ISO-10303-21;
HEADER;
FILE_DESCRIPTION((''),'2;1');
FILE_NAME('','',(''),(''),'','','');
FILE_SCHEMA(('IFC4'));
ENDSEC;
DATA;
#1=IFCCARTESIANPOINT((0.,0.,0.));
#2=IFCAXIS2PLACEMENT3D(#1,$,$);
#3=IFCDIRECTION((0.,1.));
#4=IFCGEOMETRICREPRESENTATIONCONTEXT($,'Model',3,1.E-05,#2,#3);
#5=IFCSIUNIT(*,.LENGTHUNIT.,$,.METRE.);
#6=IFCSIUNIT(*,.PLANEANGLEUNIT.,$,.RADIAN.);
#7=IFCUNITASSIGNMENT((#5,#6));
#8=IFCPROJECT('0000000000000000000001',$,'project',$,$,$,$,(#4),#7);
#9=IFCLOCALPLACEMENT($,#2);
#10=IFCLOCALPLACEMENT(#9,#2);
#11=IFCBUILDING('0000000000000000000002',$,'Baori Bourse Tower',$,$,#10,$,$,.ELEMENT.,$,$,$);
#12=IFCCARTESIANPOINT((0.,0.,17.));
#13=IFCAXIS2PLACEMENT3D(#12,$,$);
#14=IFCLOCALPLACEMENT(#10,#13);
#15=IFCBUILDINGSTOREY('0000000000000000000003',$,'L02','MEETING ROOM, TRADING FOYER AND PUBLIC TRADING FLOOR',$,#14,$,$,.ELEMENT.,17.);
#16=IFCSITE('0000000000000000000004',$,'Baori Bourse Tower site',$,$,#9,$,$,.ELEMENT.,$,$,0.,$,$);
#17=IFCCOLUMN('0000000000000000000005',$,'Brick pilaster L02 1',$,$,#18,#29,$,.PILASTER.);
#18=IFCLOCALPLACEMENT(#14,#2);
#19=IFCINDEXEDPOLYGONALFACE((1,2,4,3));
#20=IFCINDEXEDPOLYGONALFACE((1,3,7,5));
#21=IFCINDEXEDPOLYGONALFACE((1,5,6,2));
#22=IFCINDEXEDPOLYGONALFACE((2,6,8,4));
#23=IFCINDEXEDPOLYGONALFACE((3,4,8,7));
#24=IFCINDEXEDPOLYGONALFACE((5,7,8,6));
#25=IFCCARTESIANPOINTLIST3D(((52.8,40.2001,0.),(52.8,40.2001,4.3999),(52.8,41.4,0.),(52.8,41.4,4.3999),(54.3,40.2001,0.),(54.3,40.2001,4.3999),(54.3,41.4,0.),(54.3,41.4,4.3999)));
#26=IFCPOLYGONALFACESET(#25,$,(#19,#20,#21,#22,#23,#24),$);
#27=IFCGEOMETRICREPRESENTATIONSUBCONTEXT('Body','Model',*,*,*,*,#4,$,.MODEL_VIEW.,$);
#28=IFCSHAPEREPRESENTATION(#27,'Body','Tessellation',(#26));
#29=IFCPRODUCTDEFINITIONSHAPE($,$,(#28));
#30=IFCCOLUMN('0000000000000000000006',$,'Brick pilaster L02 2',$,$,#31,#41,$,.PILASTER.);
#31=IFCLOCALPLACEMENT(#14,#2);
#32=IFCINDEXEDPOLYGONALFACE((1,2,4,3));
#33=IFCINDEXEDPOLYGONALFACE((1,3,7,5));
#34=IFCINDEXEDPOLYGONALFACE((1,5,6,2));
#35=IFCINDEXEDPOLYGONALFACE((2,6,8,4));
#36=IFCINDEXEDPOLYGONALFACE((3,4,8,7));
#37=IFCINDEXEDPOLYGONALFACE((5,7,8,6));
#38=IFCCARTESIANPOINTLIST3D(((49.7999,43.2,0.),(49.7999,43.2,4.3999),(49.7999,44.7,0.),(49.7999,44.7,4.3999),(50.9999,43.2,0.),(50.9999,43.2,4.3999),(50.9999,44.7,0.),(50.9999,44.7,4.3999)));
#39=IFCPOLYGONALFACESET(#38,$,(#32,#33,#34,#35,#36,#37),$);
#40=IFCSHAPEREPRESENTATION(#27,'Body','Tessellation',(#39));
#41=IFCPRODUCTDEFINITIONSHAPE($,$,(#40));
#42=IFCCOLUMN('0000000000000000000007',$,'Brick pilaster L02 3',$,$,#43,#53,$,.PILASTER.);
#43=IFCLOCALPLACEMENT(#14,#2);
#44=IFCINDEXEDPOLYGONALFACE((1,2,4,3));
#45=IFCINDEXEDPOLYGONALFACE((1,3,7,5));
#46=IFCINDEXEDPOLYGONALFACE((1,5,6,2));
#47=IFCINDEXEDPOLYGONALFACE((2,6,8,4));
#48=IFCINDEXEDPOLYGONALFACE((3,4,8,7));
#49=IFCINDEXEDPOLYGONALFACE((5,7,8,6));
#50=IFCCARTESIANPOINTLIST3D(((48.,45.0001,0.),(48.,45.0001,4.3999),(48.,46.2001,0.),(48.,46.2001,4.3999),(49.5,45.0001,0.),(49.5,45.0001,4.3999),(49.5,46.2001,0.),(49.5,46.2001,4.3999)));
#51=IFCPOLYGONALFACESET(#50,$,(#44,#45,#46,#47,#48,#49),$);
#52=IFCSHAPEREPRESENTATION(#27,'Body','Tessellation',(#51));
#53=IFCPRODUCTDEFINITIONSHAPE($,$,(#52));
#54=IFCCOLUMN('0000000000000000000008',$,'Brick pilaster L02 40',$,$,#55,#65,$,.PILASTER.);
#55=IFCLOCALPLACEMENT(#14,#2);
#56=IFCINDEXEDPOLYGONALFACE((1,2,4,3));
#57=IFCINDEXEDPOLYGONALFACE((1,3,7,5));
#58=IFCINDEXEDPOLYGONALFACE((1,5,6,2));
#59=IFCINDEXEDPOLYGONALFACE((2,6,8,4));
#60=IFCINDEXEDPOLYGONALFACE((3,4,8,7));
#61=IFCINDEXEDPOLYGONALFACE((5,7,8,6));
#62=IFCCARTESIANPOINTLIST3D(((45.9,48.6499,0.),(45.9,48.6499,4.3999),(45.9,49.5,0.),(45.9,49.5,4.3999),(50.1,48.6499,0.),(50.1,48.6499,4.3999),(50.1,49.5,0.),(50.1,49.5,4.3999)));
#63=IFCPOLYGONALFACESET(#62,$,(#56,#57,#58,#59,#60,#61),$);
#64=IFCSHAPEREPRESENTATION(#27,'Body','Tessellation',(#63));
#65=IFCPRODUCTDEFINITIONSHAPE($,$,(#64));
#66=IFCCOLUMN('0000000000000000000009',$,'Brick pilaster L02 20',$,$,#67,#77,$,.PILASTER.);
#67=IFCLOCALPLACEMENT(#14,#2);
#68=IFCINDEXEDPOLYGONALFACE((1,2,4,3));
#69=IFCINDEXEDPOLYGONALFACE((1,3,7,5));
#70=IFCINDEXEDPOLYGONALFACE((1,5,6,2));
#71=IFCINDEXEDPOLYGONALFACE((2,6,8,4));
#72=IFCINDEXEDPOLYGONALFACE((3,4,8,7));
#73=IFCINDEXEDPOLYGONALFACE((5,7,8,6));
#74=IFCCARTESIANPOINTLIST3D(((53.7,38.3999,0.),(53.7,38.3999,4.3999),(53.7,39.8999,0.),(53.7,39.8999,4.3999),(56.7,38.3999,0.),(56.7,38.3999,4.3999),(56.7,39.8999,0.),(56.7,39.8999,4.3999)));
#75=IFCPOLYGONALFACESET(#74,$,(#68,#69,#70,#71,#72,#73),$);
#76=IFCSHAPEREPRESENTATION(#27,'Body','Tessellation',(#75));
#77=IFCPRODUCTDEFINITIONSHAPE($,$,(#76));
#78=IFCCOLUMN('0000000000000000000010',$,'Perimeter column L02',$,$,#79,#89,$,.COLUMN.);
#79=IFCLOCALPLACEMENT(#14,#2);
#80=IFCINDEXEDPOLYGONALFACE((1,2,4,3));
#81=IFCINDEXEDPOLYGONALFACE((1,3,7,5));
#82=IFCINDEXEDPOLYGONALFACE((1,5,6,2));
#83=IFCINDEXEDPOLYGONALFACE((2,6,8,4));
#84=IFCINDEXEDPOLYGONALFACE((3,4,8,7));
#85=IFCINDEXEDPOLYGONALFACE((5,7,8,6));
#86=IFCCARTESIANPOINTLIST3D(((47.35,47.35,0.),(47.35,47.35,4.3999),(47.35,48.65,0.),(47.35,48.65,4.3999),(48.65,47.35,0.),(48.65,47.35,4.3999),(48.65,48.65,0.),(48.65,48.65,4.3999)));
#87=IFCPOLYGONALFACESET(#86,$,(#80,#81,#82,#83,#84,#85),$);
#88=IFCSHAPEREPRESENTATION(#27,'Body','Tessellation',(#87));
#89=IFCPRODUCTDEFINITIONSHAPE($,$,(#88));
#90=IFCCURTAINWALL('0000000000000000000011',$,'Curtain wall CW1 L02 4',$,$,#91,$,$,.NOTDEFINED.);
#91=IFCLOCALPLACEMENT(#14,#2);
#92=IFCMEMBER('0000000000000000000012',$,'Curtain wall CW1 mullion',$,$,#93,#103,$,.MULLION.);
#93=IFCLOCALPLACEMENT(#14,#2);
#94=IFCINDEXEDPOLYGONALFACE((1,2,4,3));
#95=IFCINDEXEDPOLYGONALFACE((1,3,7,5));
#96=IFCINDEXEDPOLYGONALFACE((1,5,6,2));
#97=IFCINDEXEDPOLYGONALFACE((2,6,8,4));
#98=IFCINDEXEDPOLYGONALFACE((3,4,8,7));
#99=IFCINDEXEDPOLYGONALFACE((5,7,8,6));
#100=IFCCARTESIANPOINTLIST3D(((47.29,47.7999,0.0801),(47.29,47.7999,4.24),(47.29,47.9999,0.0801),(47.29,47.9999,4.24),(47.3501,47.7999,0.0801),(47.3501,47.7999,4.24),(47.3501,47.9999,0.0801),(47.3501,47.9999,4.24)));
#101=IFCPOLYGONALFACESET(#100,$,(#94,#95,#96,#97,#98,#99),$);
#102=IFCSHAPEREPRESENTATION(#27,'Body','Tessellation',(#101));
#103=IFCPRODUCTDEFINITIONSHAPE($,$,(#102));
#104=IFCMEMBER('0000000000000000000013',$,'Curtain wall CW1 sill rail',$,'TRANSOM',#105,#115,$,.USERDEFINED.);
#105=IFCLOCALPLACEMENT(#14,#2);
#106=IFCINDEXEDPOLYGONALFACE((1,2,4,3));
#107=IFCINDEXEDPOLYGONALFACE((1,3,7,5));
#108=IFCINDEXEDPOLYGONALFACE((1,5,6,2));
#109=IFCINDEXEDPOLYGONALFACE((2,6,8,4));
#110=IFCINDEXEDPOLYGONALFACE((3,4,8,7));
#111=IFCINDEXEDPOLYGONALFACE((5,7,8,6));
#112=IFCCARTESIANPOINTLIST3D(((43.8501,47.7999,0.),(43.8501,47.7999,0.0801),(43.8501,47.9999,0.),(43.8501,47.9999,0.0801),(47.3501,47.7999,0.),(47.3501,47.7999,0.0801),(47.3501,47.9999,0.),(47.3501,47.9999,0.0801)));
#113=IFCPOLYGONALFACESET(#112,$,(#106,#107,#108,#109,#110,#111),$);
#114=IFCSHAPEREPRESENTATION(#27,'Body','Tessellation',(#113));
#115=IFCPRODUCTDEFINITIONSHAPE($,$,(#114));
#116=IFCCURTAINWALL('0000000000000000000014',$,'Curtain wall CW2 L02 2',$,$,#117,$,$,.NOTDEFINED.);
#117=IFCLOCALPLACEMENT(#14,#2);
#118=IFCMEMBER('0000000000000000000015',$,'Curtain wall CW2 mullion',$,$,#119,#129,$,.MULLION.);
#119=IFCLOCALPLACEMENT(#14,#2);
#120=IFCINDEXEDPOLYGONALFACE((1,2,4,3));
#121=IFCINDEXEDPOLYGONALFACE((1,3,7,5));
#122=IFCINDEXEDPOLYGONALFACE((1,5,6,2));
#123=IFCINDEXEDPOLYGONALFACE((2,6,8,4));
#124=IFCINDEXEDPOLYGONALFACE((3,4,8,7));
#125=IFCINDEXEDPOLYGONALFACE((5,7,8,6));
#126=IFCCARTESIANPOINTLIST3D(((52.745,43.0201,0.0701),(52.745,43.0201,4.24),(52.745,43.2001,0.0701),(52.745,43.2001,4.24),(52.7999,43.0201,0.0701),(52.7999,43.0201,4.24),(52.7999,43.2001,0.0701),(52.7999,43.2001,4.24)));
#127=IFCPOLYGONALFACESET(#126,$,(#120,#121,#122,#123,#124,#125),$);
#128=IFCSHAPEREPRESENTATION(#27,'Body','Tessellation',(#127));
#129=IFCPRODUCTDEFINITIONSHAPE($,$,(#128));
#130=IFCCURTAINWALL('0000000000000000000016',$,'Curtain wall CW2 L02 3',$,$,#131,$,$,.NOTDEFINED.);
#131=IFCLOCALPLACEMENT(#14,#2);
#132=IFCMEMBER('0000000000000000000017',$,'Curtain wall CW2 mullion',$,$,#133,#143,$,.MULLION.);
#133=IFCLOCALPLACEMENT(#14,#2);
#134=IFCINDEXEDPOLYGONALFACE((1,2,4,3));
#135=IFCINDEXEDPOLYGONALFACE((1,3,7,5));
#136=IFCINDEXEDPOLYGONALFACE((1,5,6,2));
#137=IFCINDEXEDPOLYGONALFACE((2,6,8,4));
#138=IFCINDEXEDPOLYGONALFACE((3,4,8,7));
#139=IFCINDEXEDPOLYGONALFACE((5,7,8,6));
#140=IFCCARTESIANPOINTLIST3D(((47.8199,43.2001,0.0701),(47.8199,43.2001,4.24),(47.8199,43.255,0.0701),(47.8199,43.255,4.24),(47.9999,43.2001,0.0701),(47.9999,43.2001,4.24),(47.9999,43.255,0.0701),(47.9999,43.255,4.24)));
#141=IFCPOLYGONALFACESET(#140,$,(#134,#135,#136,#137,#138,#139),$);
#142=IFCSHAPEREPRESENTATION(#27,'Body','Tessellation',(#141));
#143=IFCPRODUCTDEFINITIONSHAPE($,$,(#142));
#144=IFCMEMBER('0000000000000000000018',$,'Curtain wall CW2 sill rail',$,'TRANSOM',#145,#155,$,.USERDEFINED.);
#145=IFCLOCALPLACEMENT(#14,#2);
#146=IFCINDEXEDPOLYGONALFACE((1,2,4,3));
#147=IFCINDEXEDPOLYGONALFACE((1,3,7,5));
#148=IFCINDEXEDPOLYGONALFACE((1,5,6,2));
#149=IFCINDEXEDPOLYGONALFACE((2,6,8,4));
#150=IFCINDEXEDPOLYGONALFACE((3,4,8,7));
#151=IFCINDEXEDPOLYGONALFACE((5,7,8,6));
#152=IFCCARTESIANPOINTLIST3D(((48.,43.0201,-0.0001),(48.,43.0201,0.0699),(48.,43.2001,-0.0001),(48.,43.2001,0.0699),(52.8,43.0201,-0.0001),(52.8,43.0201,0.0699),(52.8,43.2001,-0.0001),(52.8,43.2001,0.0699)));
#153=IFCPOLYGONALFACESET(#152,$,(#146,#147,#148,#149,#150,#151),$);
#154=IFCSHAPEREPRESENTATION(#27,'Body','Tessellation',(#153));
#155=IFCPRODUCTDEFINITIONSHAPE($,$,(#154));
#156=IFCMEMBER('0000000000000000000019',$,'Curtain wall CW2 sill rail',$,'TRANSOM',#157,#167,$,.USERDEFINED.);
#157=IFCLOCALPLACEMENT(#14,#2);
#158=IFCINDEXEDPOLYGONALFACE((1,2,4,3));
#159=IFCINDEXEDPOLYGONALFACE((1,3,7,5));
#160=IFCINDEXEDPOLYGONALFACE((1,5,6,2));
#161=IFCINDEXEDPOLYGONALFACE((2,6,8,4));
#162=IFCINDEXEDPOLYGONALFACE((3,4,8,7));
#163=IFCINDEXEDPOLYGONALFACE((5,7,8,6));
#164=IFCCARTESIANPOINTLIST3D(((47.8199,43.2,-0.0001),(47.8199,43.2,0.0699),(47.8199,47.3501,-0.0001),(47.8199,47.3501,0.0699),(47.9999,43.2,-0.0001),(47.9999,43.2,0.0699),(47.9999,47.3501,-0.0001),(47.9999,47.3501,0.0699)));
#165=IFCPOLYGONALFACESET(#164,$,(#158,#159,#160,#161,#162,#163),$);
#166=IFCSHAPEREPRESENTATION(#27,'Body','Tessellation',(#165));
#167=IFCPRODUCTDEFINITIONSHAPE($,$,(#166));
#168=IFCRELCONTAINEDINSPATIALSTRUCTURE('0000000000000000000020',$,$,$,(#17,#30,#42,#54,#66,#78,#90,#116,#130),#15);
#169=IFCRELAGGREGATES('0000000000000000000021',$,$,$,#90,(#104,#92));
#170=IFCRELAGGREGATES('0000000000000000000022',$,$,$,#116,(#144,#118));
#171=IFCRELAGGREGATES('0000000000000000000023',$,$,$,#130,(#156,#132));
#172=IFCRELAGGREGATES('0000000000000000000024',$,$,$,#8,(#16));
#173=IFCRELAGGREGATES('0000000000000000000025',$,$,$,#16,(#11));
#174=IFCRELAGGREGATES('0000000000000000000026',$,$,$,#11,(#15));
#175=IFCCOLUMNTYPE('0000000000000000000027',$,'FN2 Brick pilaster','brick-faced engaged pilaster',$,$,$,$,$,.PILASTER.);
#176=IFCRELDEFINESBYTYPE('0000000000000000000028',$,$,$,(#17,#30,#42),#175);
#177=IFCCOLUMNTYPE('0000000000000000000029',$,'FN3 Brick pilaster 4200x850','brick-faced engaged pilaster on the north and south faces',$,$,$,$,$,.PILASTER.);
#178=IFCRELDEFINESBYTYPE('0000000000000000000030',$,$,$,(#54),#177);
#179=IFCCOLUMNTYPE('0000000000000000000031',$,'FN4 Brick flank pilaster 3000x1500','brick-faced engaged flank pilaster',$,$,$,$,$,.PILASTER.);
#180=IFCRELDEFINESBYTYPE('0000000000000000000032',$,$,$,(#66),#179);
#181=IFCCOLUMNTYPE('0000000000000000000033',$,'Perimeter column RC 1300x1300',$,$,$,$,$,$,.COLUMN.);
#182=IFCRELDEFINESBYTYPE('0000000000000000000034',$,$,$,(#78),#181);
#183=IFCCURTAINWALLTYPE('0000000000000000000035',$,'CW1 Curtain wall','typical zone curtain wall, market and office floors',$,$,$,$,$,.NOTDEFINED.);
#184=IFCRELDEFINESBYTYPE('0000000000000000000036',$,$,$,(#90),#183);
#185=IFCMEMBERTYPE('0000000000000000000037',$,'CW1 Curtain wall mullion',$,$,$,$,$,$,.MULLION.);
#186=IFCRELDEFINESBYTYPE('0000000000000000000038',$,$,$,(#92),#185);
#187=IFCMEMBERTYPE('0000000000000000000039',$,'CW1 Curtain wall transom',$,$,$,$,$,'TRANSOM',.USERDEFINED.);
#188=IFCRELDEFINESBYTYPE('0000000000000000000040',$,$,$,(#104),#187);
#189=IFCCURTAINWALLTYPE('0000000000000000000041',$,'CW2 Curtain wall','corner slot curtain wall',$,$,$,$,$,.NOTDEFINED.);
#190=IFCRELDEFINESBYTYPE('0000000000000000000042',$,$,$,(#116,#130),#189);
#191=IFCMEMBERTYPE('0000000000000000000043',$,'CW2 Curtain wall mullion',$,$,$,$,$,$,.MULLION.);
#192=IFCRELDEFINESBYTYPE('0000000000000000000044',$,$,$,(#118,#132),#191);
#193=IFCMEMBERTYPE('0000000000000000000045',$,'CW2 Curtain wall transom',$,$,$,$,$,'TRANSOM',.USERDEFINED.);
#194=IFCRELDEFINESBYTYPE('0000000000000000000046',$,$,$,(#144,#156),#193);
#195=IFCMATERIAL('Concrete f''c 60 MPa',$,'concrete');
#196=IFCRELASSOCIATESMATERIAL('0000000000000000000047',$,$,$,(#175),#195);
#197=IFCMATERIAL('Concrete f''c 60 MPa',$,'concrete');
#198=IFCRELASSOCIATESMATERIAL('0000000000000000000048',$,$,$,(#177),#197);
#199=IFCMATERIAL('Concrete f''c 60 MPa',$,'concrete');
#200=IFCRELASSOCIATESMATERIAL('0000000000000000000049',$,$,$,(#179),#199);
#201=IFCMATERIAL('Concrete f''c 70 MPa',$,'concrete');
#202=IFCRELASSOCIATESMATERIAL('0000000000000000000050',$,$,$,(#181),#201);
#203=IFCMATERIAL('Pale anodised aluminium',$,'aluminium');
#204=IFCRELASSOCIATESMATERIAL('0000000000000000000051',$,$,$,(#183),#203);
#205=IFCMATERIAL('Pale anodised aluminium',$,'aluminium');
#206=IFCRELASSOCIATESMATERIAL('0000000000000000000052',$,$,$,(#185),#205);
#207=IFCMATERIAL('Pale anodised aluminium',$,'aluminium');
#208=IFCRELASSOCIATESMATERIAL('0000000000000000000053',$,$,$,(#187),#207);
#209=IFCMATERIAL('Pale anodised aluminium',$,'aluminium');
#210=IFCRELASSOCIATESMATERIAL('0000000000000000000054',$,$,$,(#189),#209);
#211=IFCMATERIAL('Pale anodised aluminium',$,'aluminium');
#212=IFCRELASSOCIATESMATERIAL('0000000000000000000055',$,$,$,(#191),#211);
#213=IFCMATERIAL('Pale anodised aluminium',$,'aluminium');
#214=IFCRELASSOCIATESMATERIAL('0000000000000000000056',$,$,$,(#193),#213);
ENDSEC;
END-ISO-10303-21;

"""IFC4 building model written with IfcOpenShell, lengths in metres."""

from ifc_helpers import new_model, si_unit, direction, frame, origin, origin_2d, place, context, subcontext, project, spatial, rectangle, extrude, material, material_profile, profile_set, type_object, element, aggregate, save


model = new_model("IFC4")

# Units and contexts
model_context = context("Model", 3, precision=1e-05, world=origin(), true_north=direction((0.0, 1.0)))
body_context = subcontext(model_context, "Body", "Model", "MODEL_VIEW")
ifc_project = project(units=[si_unit("LENGTHUNIT", "METRE"), si_unit("PLANEANGLEUNIT", "RADIAN")], contexts=[model_context])

# Site, building, storey
site_placement = place(None, origin())
site = spatial("IfcSite", under=ifc_project, at=site_placement, Name="Baori Bourse Tower site", CompositionType="ELEMENT", RefElevation=0.0)
building_placement = place(site_placement, origin())
building = spatial("IfcBuilding", under=site, at=building_placement, Name="Baori Bourse Tower", CompositionType="ELEMENT")
storey_placement = place(building_placement, frame((0.0, 0.0, 17.0)))
storey = spatial("IfcBuildingStorey", under=building, at=storey_placement, Name="L02", Description="MEETING ROOM, TRADING FOYER AND PUBLIC TRADING FLOOR", CompositionType="ELEMENT", Elevation=17.0)

# Columns
ifc_material_1 = material(Name="Concrete f'c 60 MPa", Category="concrete")
ifc_material_profile_1 = material_profile(ifc_material_1, rectangle(XDim=1.2, YDim=1.5, at=origin_2d()), Name="RC 1200x1500")
ifc_profile_set_1 = profile_set([ifc_material_profile_1], Name="Concrete f'c 60 MPa")
column_type_1 = type_object("IfcColumnType", Name="FN2 Brick pilaster", Description="brick-faced engaged pilaster", PredefinedType="PILASTER", material=ifc_profile_set_1)
for number, where, z_axis, x_axis, name in (
    (1, (53.55, 40.8, 0.0), (0.0, 0.0, 1.0), (0.0, 1.0, 0.0), "Brick pilaster L02 1"),
    (2, (50.3999, 43.95, 0.0), (0.0, 0.0, 1.0), (1.0, 0.0, 0.0), "Brick pilaster L02 2"),
    (3, (48.75, 45.6001, 0.0), (0.0, 0.0, 1.0), (0.0, 1.0, 0.0), "Brick pilaster L02 3"),
):
    element("IfcColumn", number, at=place(storey_placement, frame(where, z_axis=z_axis, x_axis=x_axis)), inside=storey, type_object=column_type_1, Name=name, PredefinedType="PILASTER", context=body_context, shape_type="SweptSolid", body=[
        extrude(rectangle(XDim=1.2, YDim=1.5, at=origin_2d()), origin(), (0.0, 0.0, 1.0), 4.3999),
    ])
ifc_material_2 = material(Name="Concrete f'c 60 MPa", Category="concrete")
ifc_material_profile_2 = material_profile(ifc_material_2, rectangle(XDim=4.2, YDim=0.8501, at=origin_2d()), Name="RC 4200x850")
ifc_profile_set_2 = profile_set([ifc_material_profile_2], Name="Concrete f'c 60 MPa")
column_type_2 = type_object("IfcColumnType", Name="FN3 Brick pilaster 4200x850", Description="brick-faced engaged pilaster on the north and south faces", PredefinedType="PILASTER", material=ifc_profile_set_2)
column_1_placement = place(storey_placement, frame((48.0, 49.075, 0.0), z_axis=(0.0, 0.0, 1.0), x_axis=(1.0, 0.0, 0.0)))
element("IfcColumn", 4, at=column_1_placement, inside=storey, type_object=column_type_2, Name="Brick pilaster L02 40", PredefinedType="PILASTER", context=body_context, shape_type="SweptSolid", body=[
    extrude(rectangle(XDim=4.2, YDim=0.8501, at=origin_2d()), origin(), (0.0, 0.0, 1.0), 4.3999),
])
ifc_material_3 = material(Name="Concrete f'c 60 MPa", Category="concrete")
ifc_material_profile_3 = material_profile(ifc_material_3, rectangle(XDim=3.0, YDim=1.5, at=origin_2d()), Name="RC 3000x1500")
ifc_profile_set_3 = profile_set([ifc_material_profile_3], Name="Concrete f'c 60 MPa")
column_type_3 = type_object("IfcColumnType", Name="FN4 Brick flank pilaster 3000x1500", Description="brick-faced engaged flank pilaster", PredefinedType="PILASTER", material=ifc_profile_set_3)
column_2_placement = place(storey_placement, frame((55.2, 39.1499, 0.0), z_axis=(0.0, 0.0, 1.0), x_axis=(1.0, 0.0, 0.0)))
element("IfcColumn", 5, at=column_2_placement, inside=storey, type_object=column_type_3, Name="Brick pilaster L02 20", PredefinedType="PILASTER", context=body_context, shape_type="SweptSolid", body=[
    extrude(rectangle(XDim=3.0, YDim=1.5, at=origin_2d()), origin(), (0.0, 0.0, 1.0), 4.3999),
])
ifc_material_4 = material(Name="Concrete f'c 70 MPa", Category="concrete")
ifc_material_profile_4 = material_profile(ifc_material_4, rectangle(XDim=1.3, YDim=1.3, at=origin_2d()), Name="RC 1300x1300")
ifc_profile_set_4 = profile_set([ifc_material_profile_4], Name="Concrete f'c 70 MPa")
column_type_4 = type_object("IfcColumnType", Name="Perimeter column RC 1300x1300", PredefinedType="COLUMN", material=ifc_profile_set_4)
column_3_placement = place(storey_placement, frame((48.0, 48.0, 0.0), z_axis=(0.0, 0.0, 1.0), x_axis=(1.0, 0.0, 0.0)))
element("IfcColumn", 6, at=column_3_placement, inside=storey, type_object=column_type_4, Name="Perimeter column L02", PredefinedType="COLUMN", context=body_context, shape_type="SweptSolid", body=[
    extrude(rectangle(XDim=1.3, YDim=1.3, at=origin_2d()), origin(), (0.0, 0.0, 1.0), 4.3999),
])

# Curtain wall, members
ifc_material_5 = material(Name="Pale anodised aluminium", Category="aluminium")
curtain_wall_type_1 = type_object("IfcCurtainWallType", Name="CW1 Curtain wall", Description="typical zone curtain wall, market and office floors", PredefinedType="NOTDEFINED", material=ifc_material_5)
curtain_wall_1_placement = place(storey_placement, origin())
curtain_wall_1 = element("IfcCurtainWall", 7, at=curtain_wall_1_placement, inside=storey, type_object=curtain_wall_type_1, Name="Curtain wall CW1 L02 4", PredefinedType="NOTDEFINED")
ifc_material_6 = material(Name="Pale anodised aluminium", Category="aluminium")
ifc_material_profile_5 = material_profile(ifc_material_6, rectangle(XDim=0.2, YDim=0.0601, at=origin_2d()), Name="Mullion 60x200")
ifc_profile_set_5 = profile_set([ifc_material_profile_5], Name="Pale anodised aluminium")
member_type_1 = type_object("IfcMemberType", Name="CW1 Curtain wall mullion", PredefinedType="MULLION", material=ifc_profile_set_5)
member_1_placement = place(storey_placement, frame((47.3201, 47.8999, 0.0801), z_axis=(0.0, 0.0, 1.0), x_axis=(0.0, -1.0, 0.0)))
member_1 = element("IfcMember", 8, at=member_1_placement, type_object=member_type_1, Name="Curtain wall CW1 mullion", PredefinedType="MULLION", context=body_context, shape_type="SweptSolid", body=[
    extrude(rectangle(XDim=0.2, YDim=0.0601, at=origin_2d()), origin(), (0.0, 0.0, 1.0), 4.1599),
])
ifc_material_7 = material(Name="Pale anodised aluminium", Category="aluminium")
ifc_material_profile_6 = material_profile(ifc_material_7, rectangle(XDim=0.2, YDim=0.0801, at=origin_2d()), Name="Transom 80x200")
ifc_profile_set_6 = profile_set([ifc_material_profile_6], Name="Pale anodised aluminium")
member_type_2 = type_object("IfcMemberType", Name="CW1 Curtain wall transom", ElementType="TRANSOM", PredefinedType="USERDEFINED", material=ifc_profile_set_6)
member_2_placement = place(storey_placement, frame((47.3501, 47.8999, 0.04), z_axis=(-1.0, 0.0, 0.0), x_axis=(0.0, -1.0, 0.0)))
member_2 = element("IfcMember", 9, at=member_2_placement, type_object=member_type_2, Name="Curtain wall CW1 sill rail", ObjectType="TRANSOM", PredefinedType="USERDEFINED", context=body_context, shape_type="SweptSolid", body=[
    extrude(rectangle(XDim=0.2, YDim=0.0801, at=origin_2d()), origin(), (0.0, 0.0, 1.0), 3.5),
])

# Curtain walls, members
ifc_material_8 = material(Name="Pale anodised aluminium", Category="aluminium")
curtain_wall_type_2 = type_object("IfcCurtainWallType", Name="CW2 Curtain wall", Description="corner slot curtain wall", PredefinedType="NOTDEFINED", material=ifc_material_8)
curtain_wall_2_placement = place(storey_placement, origin())
curtain_wall_2 = element("IfcCurtainWall", 10, at=curtain_wall_2_placement, inside=storey, type_object=curtain_wall_type_2, Name="Curtain wall CW2 L02 2", PredefinedType="NOTDEFINED")
ifc_material_9 = material(Name="Pale anodised aluminium", Category="aluminium")
ifc_material_profile_7 = material_profile(ifc_material_9, rectangle(XDim=0.1799, YDim=0.0549, at=origin_2d()), Name="Mullion 55x180")
ifc_profile_set_7 = profile_set([ifc_material_profile_7], Name="Pale anodised aluminium")
member_type_3 = type_object("IfcMemberType", Name="CW2 Curtain wall mullion", PredefinedType="MULLION", material=ifc_profile_set_7)
member_3_placement = place(storey_placement, frame((52.7725, 43.1101, 0.0701), z_axis=(0.0, 0.0, 1.0), x_axis=(0.0, -1.0, 0.0)))
member_3 = element("IfcMember", 11, at=member_3_placement, type_object=member_type_3, Name="Curtain wall CW2 mullion", PredefinedType="MULLION", context=body_context, shape_type="SweptSolid", body=[
    extrude(rectangle(XDim=0.1799, YDim=0.0549, at=origin_2d()), origin(), (0.0, 0.0, 1.0), 4.1699),
])
curtain_wall_3_placement = place(storey_placement, origin())
curtain_wall_3 = element("IfcCurtainWall", 12, at=curtain_wall_3_placement, inside=storey, type_object=curtain_wall_type_2, Name="Curtain wall CW2 L02 3", PredefinedType="NOTDEFINED")
member_4_placement = place(storey_placement, frame((47.9099, 43.2275, 0.0701), z_axis=(0.0, 0.0, 1.0), x_axis=(-1.0, 0.0, 0.0)))
member_4 = element("IfcMember", 13, at=member_4_placement, type_object=member_type_3, Name="Curtain wall CW2 mullion", PredefinedType="MULLION", context=body_context, shape_type="SweptSolid", body=[
    extrude(rectangle(XDim=0.1799, YDim=0.0549, at=origin_2d()), origin(), (0.0, 0.0, 1.0), 4.1699),
])

# Members
ifc_material_10 = material(Name="Pale anodised aluminium", Category="aluminium")
ifc_material_profile_8 = material_profile(ifc_material_10, rectangle(XDim=0.1799, YDim=0.0701, at=origin_2d()), Name="Transom 70x180")
ifc_profile_set_8 = profile_set([ifc_material_profile_8], Name="Pale anodised aluminium")
member_type_4 = type_object("IfcMemberType", Name="CW2 Curtain wall transom", ElementType="TRANSOM", PredefinedType="USERDEFINED", material=ifc_profile_set_8)
member_5_placement = place(storey_placement, frame((52.8, 43.1101, 0.0349), z_axis=(-1.0, 0.0, 0.0), x_axis=(0.0, -1.0, 0.0)))
member_5 = element("IfcMember", 14, at=member_5_placement, type_object=member_type_4, Name="Curtain wall CW2 sill rail", ObjectType="TRANSOM", PredefinedType="USERDEFINED", context=body_context, shape_type="SweptSolid", body=[
    extrude(rectangle(XDim=0.1799, YDim=0.0701, at=origin_2d()), origin(), (0.0, 0.0, 1.0), 4.8),
])
member_6_placement = place(storey_placement, frame((47.9099, 43.2, 0.0349), z_axis=(0.0, 1.0, 0.0), x_axis=(-1.0, 0.0, 0.0)))
member_6 = element("IfcMember", 15, at=member_6_placement, type_object=member_type_4, Name="Curtain wall CW2 sill rail", ObjectType="TRANSOM", PredefinedType="USERDEFINED", context=body_context, shape_type="SweptSolid", body=[
    extrude(rectangle(XDim=0.1799, YDim=0.0701, at=origin_2d()), origin(), (0.0, 0.0, 1.0), 4.1501),
])

aggregate(curtain_wall_1, [member_2, member_1])

aggregate(curtain_wall_2, [member_5, member_3])
aggregate(curtain_wall_3, [member_6, member_4])

save(model, "model.ifc")
